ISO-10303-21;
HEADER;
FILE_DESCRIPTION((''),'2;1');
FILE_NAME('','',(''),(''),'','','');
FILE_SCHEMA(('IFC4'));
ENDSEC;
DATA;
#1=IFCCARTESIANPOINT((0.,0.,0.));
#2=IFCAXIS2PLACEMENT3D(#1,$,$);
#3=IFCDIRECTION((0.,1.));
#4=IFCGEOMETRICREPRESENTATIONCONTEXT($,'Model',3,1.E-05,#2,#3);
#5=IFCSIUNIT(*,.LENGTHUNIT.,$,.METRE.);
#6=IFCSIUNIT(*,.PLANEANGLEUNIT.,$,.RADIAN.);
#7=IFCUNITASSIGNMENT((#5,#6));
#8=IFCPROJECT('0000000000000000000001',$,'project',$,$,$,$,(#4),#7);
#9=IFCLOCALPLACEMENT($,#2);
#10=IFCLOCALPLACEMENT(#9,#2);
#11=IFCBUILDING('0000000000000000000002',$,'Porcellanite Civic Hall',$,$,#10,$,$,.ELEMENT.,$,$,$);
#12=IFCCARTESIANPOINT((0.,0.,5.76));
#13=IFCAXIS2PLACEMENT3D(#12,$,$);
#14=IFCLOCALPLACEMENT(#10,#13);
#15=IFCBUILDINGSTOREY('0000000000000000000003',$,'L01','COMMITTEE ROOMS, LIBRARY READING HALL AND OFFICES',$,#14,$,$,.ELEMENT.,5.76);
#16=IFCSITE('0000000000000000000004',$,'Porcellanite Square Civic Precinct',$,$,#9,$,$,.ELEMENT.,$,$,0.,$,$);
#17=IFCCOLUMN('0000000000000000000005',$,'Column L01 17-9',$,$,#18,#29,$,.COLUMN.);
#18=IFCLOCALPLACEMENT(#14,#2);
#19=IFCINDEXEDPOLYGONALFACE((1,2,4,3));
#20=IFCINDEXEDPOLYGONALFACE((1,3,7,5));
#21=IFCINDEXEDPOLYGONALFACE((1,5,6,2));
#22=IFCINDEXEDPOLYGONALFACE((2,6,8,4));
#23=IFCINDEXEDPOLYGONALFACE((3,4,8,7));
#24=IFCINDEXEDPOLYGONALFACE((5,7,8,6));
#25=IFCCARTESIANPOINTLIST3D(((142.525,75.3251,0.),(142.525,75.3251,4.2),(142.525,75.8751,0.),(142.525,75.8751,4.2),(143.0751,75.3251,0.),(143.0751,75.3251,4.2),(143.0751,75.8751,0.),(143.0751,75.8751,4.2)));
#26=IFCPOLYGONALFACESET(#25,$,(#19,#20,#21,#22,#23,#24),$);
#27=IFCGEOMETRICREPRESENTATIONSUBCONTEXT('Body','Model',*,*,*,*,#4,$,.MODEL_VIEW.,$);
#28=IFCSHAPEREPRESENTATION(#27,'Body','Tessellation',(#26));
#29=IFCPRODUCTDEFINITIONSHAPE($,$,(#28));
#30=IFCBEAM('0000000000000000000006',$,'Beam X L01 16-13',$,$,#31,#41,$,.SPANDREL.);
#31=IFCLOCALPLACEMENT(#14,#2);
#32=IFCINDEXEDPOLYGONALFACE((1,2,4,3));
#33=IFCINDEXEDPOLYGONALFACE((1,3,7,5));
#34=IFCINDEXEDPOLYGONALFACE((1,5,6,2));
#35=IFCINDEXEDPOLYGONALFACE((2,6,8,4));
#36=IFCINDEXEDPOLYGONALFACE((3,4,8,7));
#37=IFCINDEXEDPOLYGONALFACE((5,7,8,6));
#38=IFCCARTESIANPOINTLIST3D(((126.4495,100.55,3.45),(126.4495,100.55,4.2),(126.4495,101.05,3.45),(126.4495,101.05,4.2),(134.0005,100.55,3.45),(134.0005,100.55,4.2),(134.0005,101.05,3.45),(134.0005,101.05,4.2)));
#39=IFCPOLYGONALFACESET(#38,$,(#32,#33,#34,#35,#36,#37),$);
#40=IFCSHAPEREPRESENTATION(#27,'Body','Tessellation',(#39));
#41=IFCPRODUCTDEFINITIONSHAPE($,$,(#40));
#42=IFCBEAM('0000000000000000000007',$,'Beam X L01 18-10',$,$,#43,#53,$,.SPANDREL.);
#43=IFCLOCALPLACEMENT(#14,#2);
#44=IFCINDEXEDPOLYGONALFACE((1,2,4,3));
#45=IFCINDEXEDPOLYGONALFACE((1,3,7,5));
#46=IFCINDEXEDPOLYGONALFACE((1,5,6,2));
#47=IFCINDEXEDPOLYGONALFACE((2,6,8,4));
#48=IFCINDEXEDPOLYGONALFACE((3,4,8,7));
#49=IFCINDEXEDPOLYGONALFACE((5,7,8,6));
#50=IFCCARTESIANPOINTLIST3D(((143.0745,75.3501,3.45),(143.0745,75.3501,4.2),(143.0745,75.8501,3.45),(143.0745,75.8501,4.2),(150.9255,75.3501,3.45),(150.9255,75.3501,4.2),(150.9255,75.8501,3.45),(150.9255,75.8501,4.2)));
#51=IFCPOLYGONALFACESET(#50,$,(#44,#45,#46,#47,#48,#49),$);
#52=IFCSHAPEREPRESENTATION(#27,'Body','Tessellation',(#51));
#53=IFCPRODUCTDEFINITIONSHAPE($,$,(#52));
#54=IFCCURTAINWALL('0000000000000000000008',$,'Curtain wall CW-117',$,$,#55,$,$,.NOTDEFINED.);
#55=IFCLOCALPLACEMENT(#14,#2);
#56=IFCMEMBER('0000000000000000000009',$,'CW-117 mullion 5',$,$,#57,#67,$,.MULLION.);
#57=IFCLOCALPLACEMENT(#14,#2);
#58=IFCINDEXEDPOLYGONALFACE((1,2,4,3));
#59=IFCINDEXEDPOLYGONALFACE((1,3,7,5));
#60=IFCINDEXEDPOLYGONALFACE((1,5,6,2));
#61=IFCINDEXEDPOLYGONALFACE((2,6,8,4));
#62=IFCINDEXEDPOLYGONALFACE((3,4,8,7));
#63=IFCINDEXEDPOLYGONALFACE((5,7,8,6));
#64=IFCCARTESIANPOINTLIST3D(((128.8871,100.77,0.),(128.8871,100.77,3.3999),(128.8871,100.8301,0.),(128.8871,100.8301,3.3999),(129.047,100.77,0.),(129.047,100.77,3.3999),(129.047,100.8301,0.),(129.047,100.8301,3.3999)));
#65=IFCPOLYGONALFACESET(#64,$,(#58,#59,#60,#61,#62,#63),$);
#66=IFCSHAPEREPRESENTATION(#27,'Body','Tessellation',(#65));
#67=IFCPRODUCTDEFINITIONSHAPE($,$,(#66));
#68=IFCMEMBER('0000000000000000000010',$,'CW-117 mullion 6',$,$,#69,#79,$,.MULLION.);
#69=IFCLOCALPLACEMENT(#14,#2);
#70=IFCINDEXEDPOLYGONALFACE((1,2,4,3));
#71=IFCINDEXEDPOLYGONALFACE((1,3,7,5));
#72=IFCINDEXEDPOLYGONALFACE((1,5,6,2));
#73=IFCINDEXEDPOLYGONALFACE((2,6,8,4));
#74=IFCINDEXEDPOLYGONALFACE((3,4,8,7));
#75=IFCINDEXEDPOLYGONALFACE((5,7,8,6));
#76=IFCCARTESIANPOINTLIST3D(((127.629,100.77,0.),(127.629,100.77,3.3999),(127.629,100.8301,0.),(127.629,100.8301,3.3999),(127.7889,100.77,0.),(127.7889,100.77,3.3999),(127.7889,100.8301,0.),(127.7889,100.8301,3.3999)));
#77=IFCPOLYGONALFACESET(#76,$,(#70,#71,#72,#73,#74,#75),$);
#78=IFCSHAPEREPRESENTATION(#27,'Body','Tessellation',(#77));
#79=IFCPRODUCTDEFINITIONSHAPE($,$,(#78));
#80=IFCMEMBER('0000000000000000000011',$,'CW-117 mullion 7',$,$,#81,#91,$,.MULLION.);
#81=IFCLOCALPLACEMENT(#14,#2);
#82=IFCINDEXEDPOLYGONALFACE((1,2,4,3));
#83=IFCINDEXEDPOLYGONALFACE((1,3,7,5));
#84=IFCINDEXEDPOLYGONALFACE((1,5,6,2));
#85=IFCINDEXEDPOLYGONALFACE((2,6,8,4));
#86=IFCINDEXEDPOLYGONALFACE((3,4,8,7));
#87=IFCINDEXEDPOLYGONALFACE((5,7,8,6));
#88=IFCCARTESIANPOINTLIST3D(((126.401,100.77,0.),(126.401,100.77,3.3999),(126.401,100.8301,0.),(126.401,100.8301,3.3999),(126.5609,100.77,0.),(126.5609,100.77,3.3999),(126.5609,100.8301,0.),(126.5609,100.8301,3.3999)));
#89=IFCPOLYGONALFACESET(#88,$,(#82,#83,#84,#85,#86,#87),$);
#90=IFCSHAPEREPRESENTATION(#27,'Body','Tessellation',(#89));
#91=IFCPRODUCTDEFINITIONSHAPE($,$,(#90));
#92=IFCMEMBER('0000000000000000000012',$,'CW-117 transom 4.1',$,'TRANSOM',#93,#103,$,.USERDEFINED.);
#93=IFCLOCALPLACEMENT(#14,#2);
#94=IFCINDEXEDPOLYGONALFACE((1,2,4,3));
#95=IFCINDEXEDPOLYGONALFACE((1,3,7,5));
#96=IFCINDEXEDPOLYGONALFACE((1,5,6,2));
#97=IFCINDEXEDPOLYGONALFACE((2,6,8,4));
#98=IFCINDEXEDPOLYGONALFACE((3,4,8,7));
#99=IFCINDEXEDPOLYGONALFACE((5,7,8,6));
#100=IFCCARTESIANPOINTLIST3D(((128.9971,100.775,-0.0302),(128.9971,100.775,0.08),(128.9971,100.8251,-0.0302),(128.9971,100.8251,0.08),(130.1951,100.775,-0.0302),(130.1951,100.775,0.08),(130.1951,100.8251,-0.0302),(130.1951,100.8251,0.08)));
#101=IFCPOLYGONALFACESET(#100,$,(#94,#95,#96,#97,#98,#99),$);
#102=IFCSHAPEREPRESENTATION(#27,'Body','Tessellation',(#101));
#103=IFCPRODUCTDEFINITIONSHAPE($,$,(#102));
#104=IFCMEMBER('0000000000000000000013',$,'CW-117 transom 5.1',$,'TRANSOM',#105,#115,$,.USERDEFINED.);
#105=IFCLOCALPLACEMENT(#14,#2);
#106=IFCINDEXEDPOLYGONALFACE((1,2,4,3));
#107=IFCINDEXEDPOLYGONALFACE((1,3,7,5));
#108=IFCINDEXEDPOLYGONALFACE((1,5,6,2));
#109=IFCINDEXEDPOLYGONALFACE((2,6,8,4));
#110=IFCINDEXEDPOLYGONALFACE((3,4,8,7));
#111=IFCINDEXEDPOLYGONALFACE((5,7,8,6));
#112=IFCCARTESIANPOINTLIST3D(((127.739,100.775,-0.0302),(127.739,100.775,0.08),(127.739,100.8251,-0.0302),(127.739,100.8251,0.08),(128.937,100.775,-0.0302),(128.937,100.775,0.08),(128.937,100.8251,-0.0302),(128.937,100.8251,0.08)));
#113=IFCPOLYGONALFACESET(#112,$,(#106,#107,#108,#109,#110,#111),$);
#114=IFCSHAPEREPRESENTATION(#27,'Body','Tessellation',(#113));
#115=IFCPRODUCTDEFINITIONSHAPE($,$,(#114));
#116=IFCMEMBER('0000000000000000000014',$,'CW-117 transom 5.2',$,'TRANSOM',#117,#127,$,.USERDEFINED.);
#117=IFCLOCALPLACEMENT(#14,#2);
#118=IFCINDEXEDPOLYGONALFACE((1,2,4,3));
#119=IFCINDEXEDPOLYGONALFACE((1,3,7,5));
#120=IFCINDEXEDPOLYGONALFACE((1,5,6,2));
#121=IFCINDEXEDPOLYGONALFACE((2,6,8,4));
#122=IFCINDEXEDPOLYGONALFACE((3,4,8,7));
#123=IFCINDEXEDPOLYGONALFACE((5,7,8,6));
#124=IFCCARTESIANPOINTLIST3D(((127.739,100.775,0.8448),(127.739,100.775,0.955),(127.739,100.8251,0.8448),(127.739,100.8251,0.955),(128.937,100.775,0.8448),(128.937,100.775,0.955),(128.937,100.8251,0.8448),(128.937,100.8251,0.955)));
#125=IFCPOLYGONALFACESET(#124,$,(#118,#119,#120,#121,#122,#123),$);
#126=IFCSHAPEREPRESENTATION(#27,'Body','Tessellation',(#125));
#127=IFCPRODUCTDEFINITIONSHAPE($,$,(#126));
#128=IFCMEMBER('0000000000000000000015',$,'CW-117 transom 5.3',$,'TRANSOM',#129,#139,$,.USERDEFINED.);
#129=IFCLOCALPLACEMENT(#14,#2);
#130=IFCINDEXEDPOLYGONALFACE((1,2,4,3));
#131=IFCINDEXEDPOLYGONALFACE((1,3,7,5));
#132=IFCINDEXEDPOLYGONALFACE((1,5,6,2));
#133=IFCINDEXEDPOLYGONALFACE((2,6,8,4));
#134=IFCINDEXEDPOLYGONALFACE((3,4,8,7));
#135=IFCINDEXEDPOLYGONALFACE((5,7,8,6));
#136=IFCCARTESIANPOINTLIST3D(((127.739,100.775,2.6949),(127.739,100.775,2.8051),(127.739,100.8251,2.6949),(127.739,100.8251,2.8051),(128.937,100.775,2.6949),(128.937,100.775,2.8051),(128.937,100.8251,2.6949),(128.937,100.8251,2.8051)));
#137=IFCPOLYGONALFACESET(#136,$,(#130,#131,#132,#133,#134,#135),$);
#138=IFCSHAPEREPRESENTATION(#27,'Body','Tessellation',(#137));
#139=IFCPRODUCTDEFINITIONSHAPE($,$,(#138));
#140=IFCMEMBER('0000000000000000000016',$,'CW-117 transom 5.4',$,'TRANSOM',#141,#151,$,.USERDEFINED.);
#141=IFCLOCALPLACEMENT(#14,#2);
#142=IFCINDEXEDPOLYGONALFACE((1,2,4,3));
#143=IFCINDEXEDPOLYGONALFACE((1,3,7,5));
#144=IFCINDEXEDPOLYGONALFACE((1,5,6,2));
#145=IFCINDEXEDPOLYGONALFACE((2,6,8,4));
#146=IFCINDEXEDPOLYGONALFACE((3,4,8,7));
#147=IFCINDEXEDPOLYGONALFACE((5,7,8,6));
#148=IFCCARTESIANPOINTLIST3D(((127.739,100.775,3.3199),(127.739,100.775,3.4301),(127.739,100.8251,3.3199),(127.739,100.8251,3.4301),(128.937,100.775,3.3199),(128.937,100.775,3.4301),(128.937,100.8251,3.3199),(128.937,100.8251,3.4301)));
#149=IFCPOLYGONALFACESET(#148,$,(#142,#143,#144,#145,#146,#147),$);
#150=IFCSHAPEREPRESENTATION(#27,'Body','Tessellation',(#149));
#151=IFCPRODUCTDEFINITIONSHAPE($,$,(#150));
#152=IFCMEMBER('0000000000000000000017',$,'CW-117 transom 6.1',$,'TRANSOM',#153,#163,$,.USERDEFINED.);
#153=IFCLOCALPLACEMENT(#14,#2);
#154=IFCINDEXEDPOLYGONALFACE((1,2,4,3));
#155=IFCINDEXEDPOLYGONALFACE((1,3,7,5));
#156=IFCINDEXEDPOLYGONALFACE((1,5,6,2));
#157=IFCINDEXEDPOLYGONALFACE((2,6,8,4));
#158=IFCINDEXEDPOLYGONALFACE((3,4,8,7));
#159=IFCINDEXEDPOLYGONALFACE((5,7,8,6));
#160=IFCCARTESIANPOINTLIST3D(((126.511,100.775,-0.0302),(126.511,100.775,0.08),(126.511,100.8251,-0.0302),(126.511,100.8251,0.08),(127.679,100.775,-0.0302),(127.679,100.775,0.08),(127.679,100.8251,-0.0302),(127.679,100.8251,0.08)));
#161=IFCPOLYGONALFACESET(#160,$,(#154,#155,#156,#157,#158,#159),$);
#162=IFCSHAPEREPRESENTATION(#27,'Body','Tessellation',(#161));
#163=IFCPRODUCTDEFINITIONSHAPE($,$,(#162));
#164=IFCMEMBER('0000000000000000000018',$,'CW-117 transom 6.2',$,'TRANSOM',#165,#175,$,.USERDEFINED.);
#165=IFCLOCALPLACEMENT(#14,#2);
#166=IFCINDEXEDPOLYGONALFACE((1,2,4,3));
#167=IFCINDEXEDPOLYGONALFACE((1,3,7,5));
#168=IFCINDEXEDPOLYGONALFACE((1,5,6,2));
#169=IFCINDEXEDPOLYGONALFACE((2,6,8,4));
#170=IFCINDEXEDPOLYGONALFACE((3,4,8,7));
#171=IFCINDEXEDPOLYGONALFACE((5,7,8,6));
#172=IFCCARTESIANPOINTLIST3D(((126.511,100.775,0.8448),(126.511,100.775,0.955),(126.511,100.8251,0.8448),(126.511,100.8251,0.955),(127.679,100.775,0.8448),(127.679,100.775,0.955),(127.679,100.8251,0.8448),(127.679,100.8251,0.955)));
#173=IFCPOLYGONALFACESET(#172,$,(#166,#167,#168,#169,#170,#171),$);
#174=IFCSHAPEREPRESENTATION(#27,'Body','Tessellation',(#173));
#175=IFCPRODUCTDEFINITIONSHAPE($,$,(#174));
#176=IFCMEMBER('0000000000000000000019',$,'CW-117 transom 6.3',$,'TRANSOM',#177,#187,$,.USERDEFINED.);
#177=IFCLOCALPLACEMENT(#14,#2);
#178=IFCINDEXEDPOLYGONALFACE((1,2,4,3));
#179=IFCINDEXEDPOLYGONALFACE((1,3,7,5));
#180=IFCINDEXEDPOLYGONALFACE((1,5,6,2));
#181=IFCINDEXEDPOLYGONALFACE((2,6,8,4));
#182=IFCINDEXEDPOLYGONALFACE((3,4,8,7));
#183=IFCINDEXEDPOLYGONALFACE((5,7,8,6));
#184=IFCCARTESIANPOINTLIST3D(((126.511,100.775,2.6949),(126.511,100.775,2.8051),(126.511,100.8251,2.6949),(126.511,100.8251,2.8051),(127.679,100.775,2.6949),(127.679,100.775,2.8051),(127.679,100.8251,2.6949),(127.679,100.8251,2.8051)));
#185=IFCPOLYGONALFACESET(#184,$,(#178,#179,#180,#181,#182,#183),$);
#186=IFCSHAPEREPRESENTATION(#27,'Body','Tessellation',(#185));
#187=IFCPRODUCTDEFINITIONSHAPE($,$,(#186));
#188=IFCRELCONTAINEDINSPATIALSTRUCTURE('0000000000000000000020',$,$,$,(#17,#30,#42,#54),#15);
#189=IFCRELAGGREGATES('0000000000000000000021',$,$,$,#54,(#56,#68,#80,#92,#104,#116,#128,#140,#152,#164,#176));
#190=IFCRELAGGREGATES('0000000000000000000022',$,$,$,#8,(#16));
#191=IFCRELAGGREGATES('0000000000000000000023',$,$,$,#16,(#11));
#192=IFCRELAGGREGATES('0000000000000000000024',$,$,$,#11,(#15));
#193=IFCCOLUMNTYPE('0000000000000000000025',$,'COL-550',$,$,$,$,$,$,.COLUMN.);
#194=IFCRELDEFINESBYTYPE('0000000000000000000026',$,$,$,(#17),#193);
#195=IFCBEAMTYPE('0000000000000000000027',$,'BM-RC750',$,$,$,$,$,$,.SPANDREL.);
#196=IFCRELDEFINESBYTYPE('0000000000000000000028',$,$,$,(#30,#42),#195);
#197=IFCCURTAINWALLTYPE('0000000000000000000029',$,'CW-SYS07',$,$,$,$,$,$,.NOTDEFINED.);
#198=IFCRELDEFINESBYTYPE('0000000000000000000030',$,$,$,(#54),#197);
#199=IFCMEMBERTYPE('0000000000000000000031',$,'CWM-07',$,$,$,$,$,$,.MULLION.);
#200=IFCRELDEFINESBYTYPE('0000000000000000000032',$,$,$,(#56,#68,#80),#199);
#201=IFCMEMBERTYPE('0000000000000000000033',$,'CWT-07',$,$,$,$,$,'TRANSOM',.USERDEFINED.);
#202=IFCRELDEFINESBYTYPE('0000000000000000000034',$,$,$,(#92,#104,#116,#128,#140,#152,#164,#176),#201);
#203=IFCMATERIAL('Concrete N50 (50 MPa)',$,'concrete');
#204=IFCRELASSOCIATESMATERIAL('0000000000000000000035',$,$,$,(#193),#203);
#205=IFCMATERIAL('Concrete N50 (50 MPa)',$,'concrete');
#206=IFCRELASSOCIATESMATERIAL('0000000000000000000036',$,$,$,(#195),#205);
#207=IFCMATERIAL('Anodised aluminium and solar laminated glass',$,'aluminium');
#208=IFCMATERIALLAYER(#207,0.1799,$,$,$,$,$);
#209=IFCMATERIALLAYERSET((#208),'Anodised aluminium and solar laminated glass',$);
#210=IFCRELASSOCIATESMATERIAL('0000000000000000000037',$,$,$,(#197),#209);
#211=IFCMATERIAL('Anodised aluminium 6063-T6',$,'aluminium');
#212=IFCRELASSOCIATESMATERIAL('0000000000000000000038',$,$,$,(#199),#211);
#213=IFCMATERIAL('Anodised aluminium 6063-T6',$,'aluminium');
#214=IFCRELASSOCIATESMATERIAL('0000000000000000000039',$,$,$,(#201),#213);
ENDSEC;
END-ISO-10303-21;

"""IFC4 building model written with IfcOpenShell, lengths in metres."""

from ifc_helpers import new_model, si_unit, direction, frame, origin, origin_2d, place, context, subcontext, project, spatial, rectangle, extrude, material, layer, layer_set, material_profile, profile_set, type_object, element, aggregate, save


model = new_model("IFC4")

# Units and contexts
model_context = context("Model", 3, precision=1e-05, world=origin(), true_north=direction((0.0, 1.0)))
body_context = subcontext(model_context, "Body", "Model", "MODEL_VIEW")
ifc_project = project(units=[si_unit("LENGTHUNIT", "METRE"), si_unit("PLANEANGLEUNIT", "RADIAN")], contexts=[model_context])

# Site, building, storey
site_placement = place(None, origin())
site = spatial("IfcSite", under=ifc_project, at=site_placement, Name="Porcellanite Square Civic Precinct", CompositionType="ELEMENT", RefElevation=0.0)
building_placement = place(site_placement, origin())
building = spatial("IfcBuilding", under=site, at=building_placement, Name="Porcellanite Civic Hall", CompositionType="ELEMENT")
storey_placement = place(building_placement, frame((0.0, 0.0, 5.76)))
storey = spatial("IfcBuildingStorey", under=building, at=storey_placement, Name="L01", Description="COMMITTEE ROOMS, LIBRARY READING HALL AND OFFICES", CompositionType="ELEMENT", Elevation=5.76)

# Column
ifc_material_1 = material(Name="Concrete N50 (50 MPa)", Category="concrete")
ifc_material_profile_1 = material_profile(ifc_material_1, rectangle(XDim=0.55, YDim=0.55, at=origin_2d()), Name="RC-550x550")
ifc_profile_set_1 = profile_set([ifc_material_profile_1], Name="Concrete N50 (50 MPa)")
column_type = type_object("IfcColumnType", Name="COL-550", PredefinedType="COLUMN", material=ifc_profile_set_1)
column_placement = place(storey_placement, frame((142.8, 75.6001, 0.0), z_axis=(0.0, 0.0, 1.0), x_axis=(1.0, 0.0, 0.0)))
element("IfcColumn", 1, at=column_placement, inside=storey, type_object=column_type, Name="Column L01 17-9", PredefinedType="COLUMN", context=body_context, shape_type="SweptSolid", body=[
    extrude(rectangle(XDim=0.55, YDim=0.55, at=origin_2d()), origin(), (0.0, 0.0, 1.0), 4.2),
])

# Beams
ifc_material_2 = material(Name="Concrete N50 (50 MPa)", Category="concrete")
ifc_material_profile_2 = material_profile(ifc_material_2, rectangle(XDim=0.5, YDim=0.75, at=origin_2d()), Name="RC-500x750")
ifc_profile_set_2 = profile_set([ifc_material_profile_2], Name="Concrete N50 (50 MPa)")
beam_type = type_object("IfcBeamType", Name="BM-RC750", PredefinedType="SPANDREL", material=ifc_profile_set_2)
beam_1_placement = place(storey_placement, frame((126.4495, 100.8, 3.825), z_axis=(1.0, 0.0, 0.0), x_axis=(0.0, 1.0, 0.0)))
element("IfcBeam", 2, at=beam_1_placement, inside=storey, type_object=beam_type, Name="Beam X L01 16-13", PredefinedType="SPANDREL", context=body_context, shape_type="SweptSolid", body=[
    extrude(rectangle(XDim=0.5, YDim=0.75, at=origin_2d()), origin(), (0.0, 0.0, 1.0), 7.551),
])
beam_2_placement = place(storey_placement, frame((143.0745, 75.6001, 3.825), z_axis=(1.0, 0.0, 0.0), x_axis=(0.0, 1.0, 0.0)))
element("IfcBeam", 3, at=beam_2_placement, inside=storey, type_object=beam_type, Name="Beam X L01 18-10", PredefinedType="SPANDREL", context=body_context, shape_type="SweptSolid", body=[
    extrude(rectangle(XDim=0.5, YDim=0.75, at=origin_2d()), origin(), (0.0, 0.0, 1.0), 7.8511),
])

# Curtain wall, members
ifc_material_3 = material(Name="Anodised aluminium and solar laminated glass", Category="aluminium")
ifc_layer_1 = layer(ifc_material_3, 0.1799)
ifc_layer_set_1 = layer_set([ifc_layer_1], Name="Anodised aluminium and solar laminated glass")
curtain_wall_type = type_object("IfcCurtainWallType", Name="CW-SYS07", PredefinedType="NOTDEFINED", material=ifc_layer_set_1)
curtain_wall_placement = place(storey_placement, origin())
curtain_wall = element("IfcCurtainWall", 4, at=curtain_wall_placement, inside=storey, type_object=curtain_wall_type, Name="Curtain wall CW-117", PredefinedType="NOTDEFINED")
ifc_material_4 = material(Name="Anodised aluminium 6063-T6", Category="aluminium")
ifc_material_profile_3 = material_profile(ifc_material_4, rectangle(XDim=0.0601, YDim=0.1599, at=origin_2d()), Name="AL-60x160")
ifc_profile_set_3 = profile_set([ifc_material_profile_3], Name="Anodised aluminium 6063-T6")
member_type_1 = type_object("IfcMemberType", Name="CWM-07", PredefinedType="MULLION", material=ifc_profile_set_3)
member_1_placement = place(storey_placement, frame((128.967, 100.8, 0.0), z_axis=(0.0, 0.0, 1.0), x_axis=(0.0, -1.0, 0.0)))
member_1 = element("IfcMember", 5, at=member_1_placement, type_object=member_type_1, Name="CW-117 mullion 5", PredefinedType="MULLION", context=body_context, shape_type="SweptSolid", body=[
    extrude(rectangle(XDim=0.0601, YDim=0.1599, at=origin_2d()), origin(), (0.0, 0.0, 1.0), 3.3999),
])
member_2_placement = place(storey_placement, frame((127.709, 100.8, 0.0), z_axis=(0.0, 0.0, 1.0), x_axis=(0.0, -1.0, 0.0)))
member_2 = element("IfcMember", 6, at=member_2_placement, type_object=member_type_1, Name="CW-117 mullion 6", PredefinedType="MULLION", context=body_context, shape_type="SweptSolid", body=[
    extrude(rectangle(XDim=0.0601, YDim=0.1599, at=origin_2d()), origin(), (0.0, 0.0, 1.0), 3.3999),
])
member_3_placement = place(storey_placement, frame((126.481, 100.8, 0.0), z_axis=(0.0, 0.0, 1.0), x_axis=(0.0, -1.0, 0.0)))
member_3 = element("IfcMember", 7, at=member_3_placement, type_object=member_type_1, Name="CW-117 mullion 7", PredefinedType="MULLION", context=body_context, shape_type="SweptSolid", body=[
    extrude(rectangle(XDim=0.0601, YDim=0.1599, at=origin_2d()), origin(), (0.0, 0.0, 1.0), 3.3999),
])
ifc_material_5 = material(Name="Anodised aluminium 6063-T6", Category="aluminium")
ifc_material_profile_4 = material_profile(ifc_material_5, rectangle(XDim=0.05, YDim=0.1101, at=origin_2d()), Name="AL-50x110")
ifc_profile_set_4 = profile_set([ifc_material_profile_4], Name="Anodised aluminium 6063-T6")
member_type_2 = type_object("IfcMemberType", Name="CWT-07", ElementType="TRANSOM", PredefinedType="USERDEFINED", material=ifc_profile_set_4)
member_4_placement = place(storey_placement, frame((130.1951, 100.8, 0.0249), z_axis=(-1.0, 0.0, 0.0), x_axis=(0.0, -1.0, 0.0)))
member_4 = element("IfcMember", 8, at=member_4_placement, type_object=member_type_2, Name="CW-117 transom 4.1", ObjectType="TRANSOM", PredefinedType="USERDEFINED", context=body_context, shape_type="SweptSolid", body=[
    extrude(rectangle(XDim=0.05, YDim=0.1101, at=origin_2d()), origin(), (0.0, 0.0, 1.0), 1.198),
])
member_5_placement = place(storey_placement, frame((128.937, 100.8, 0.0249), z_axis=(-1.0, 0.0, 0.0), x_axis=(0.0, -1.0, 0.0)))
member_5 = element("IfcMember", 9, at=member_5_placement, type_object=member_type_2, Name="CW-117 transom 5.1", ObjectType="TRANSOM", PredefinedType="USERDEFINED", context=body_context, shape_type="SweptSolid", body=[
    extrude(rectangle(XDim=0.05, YDim=0.1101, at=origin_2d()), origin(), (0.0, 0.0, 1.0), 1.198),
])
member_6_placement = place(storey_placement, frame((128.937, 100.8, 0.8999), z_axis=(-1.0, 0.0, 0.0), x_axis=(0.0, -1.0, 0.0)))
member_6 = element("IfcMember", 10, at=member_6_placement, type_object=member_type_2, Name="CW-117 transom 5.2", ObjectType="TRANSOM", PredefinedType="USERDEFINED", context=body_context, shape_type="SweptSolid", body=[
    extrude(rectangle(XDim=0.05, YDim=0.1101, at=origin_2d()), origin(), (0.0, 0.0, 1.0), 1.198),
])
member_7_placement = place(storey_placement, frame((128.937, 100.8, 2.75), z_axis=(-1.0, 0.0, 0.0), x_axis=(0.0, -1.0, 0.0)))
member_7 = element("IfcMember", 11, at=member_7_placement, type_object=member_type_2, Name="CW-117 transom 5.3", ObjectType="TRANSOM", PredefinedType="USERDEFINED", context=body_context, shape_type="SweptSolid", body=[
    extrude(rectangle(XDim=0.05, YDim=0.1101, at=origin_2d()), origin(), (0.0, 0.0, 1.0), 1.198),
])
member_8_placement = place(storey_placement, frame((128.937, 100.8, 3.375), z_axis=(-1.0, 0.0, 0.0), x_axis=(0.0, -1.0, 0.0)))
member_8 = element("IfcMember", 12, at=member_8_placement, type_object=member_type_2, Name="CW-117 transom 5.4", ObjectType="TRANSOM", PredefinedType="USERDEFINED", context=body_context, shape_type="SweptSolid", body=[
    extrude(rectangle(XDim=0.05, YDim=0.1101, at=origin_2d()), origin(), (0.0, 0.0, 1.0), 1.198),
])
member_9_placement = place(storey_placement, frame((127.679, 100.8, 0.0249), z_axis=(-1.0, 0.0, 0.0), x_axis=(0.0, -1.0, 0.0)))
member_9 = element("IfcMember", 13, at=member_9_placement, type_object=member_type_2, Name="CW-117 transom 6.1", ObjectType="TRANSOM", PredefinedType="USERDEFINED", context=body_context, shape_type="SweptSolid", body=[
    extrude(rectangle(XDim=0.05, YDim=0.1101, at=origin_2d()), origin(), (0.0, 0.0, 1.0), 1.168),
])
member_10_placement = place(storey_placement, frame((127.679, 100.8, 0.8999), z_axis=(-1.0, 0.0, 0.0), x_axis=(0.0, -1.0, 0.0)))
member_10 = element("IfcMember", 14, at=member_10_placement, type_object=member_type_2, Name="CW-117 transom 6.2", ObjectType="TRANSOM", PredefinedType="USERDEFINED", context=body_context, shape_type="SweptSolid", body=[
    extrude(rectangle(XDim=0.05, YDim=0.1101, at=origin_2d()), origin(), (0.0, 0.0, 1.0), 1.168),
])
member_11_placement = place(storey_placement, frame((127.679, 100.8, 2.75), z_axis=(-1.0, 0.0, 0.0), x_axis=(0.0, -1.0, 0.0)))
member_11 = element("IfcMember", 15, at=member_11_placement, type_object=member_type_2, Name="CW-117 transom 6.3", ObjectType="TRANSOM", PredefinedType="USERDEFINED", context=body_context, shape_type="SweptSolid", body=[
    extrude(rectangle(XDim=0.05, YDim=0.1101, at=origin_2d()), origin(), (0.0, 0.0, 1.0), 1.168),
])

aggregate(curtain_wall, [member_1, member_2, member_3, member_4, member_5, member_6, member_7, member_8, member_9, member_10, member_11])

save(model, "model.ifc")
